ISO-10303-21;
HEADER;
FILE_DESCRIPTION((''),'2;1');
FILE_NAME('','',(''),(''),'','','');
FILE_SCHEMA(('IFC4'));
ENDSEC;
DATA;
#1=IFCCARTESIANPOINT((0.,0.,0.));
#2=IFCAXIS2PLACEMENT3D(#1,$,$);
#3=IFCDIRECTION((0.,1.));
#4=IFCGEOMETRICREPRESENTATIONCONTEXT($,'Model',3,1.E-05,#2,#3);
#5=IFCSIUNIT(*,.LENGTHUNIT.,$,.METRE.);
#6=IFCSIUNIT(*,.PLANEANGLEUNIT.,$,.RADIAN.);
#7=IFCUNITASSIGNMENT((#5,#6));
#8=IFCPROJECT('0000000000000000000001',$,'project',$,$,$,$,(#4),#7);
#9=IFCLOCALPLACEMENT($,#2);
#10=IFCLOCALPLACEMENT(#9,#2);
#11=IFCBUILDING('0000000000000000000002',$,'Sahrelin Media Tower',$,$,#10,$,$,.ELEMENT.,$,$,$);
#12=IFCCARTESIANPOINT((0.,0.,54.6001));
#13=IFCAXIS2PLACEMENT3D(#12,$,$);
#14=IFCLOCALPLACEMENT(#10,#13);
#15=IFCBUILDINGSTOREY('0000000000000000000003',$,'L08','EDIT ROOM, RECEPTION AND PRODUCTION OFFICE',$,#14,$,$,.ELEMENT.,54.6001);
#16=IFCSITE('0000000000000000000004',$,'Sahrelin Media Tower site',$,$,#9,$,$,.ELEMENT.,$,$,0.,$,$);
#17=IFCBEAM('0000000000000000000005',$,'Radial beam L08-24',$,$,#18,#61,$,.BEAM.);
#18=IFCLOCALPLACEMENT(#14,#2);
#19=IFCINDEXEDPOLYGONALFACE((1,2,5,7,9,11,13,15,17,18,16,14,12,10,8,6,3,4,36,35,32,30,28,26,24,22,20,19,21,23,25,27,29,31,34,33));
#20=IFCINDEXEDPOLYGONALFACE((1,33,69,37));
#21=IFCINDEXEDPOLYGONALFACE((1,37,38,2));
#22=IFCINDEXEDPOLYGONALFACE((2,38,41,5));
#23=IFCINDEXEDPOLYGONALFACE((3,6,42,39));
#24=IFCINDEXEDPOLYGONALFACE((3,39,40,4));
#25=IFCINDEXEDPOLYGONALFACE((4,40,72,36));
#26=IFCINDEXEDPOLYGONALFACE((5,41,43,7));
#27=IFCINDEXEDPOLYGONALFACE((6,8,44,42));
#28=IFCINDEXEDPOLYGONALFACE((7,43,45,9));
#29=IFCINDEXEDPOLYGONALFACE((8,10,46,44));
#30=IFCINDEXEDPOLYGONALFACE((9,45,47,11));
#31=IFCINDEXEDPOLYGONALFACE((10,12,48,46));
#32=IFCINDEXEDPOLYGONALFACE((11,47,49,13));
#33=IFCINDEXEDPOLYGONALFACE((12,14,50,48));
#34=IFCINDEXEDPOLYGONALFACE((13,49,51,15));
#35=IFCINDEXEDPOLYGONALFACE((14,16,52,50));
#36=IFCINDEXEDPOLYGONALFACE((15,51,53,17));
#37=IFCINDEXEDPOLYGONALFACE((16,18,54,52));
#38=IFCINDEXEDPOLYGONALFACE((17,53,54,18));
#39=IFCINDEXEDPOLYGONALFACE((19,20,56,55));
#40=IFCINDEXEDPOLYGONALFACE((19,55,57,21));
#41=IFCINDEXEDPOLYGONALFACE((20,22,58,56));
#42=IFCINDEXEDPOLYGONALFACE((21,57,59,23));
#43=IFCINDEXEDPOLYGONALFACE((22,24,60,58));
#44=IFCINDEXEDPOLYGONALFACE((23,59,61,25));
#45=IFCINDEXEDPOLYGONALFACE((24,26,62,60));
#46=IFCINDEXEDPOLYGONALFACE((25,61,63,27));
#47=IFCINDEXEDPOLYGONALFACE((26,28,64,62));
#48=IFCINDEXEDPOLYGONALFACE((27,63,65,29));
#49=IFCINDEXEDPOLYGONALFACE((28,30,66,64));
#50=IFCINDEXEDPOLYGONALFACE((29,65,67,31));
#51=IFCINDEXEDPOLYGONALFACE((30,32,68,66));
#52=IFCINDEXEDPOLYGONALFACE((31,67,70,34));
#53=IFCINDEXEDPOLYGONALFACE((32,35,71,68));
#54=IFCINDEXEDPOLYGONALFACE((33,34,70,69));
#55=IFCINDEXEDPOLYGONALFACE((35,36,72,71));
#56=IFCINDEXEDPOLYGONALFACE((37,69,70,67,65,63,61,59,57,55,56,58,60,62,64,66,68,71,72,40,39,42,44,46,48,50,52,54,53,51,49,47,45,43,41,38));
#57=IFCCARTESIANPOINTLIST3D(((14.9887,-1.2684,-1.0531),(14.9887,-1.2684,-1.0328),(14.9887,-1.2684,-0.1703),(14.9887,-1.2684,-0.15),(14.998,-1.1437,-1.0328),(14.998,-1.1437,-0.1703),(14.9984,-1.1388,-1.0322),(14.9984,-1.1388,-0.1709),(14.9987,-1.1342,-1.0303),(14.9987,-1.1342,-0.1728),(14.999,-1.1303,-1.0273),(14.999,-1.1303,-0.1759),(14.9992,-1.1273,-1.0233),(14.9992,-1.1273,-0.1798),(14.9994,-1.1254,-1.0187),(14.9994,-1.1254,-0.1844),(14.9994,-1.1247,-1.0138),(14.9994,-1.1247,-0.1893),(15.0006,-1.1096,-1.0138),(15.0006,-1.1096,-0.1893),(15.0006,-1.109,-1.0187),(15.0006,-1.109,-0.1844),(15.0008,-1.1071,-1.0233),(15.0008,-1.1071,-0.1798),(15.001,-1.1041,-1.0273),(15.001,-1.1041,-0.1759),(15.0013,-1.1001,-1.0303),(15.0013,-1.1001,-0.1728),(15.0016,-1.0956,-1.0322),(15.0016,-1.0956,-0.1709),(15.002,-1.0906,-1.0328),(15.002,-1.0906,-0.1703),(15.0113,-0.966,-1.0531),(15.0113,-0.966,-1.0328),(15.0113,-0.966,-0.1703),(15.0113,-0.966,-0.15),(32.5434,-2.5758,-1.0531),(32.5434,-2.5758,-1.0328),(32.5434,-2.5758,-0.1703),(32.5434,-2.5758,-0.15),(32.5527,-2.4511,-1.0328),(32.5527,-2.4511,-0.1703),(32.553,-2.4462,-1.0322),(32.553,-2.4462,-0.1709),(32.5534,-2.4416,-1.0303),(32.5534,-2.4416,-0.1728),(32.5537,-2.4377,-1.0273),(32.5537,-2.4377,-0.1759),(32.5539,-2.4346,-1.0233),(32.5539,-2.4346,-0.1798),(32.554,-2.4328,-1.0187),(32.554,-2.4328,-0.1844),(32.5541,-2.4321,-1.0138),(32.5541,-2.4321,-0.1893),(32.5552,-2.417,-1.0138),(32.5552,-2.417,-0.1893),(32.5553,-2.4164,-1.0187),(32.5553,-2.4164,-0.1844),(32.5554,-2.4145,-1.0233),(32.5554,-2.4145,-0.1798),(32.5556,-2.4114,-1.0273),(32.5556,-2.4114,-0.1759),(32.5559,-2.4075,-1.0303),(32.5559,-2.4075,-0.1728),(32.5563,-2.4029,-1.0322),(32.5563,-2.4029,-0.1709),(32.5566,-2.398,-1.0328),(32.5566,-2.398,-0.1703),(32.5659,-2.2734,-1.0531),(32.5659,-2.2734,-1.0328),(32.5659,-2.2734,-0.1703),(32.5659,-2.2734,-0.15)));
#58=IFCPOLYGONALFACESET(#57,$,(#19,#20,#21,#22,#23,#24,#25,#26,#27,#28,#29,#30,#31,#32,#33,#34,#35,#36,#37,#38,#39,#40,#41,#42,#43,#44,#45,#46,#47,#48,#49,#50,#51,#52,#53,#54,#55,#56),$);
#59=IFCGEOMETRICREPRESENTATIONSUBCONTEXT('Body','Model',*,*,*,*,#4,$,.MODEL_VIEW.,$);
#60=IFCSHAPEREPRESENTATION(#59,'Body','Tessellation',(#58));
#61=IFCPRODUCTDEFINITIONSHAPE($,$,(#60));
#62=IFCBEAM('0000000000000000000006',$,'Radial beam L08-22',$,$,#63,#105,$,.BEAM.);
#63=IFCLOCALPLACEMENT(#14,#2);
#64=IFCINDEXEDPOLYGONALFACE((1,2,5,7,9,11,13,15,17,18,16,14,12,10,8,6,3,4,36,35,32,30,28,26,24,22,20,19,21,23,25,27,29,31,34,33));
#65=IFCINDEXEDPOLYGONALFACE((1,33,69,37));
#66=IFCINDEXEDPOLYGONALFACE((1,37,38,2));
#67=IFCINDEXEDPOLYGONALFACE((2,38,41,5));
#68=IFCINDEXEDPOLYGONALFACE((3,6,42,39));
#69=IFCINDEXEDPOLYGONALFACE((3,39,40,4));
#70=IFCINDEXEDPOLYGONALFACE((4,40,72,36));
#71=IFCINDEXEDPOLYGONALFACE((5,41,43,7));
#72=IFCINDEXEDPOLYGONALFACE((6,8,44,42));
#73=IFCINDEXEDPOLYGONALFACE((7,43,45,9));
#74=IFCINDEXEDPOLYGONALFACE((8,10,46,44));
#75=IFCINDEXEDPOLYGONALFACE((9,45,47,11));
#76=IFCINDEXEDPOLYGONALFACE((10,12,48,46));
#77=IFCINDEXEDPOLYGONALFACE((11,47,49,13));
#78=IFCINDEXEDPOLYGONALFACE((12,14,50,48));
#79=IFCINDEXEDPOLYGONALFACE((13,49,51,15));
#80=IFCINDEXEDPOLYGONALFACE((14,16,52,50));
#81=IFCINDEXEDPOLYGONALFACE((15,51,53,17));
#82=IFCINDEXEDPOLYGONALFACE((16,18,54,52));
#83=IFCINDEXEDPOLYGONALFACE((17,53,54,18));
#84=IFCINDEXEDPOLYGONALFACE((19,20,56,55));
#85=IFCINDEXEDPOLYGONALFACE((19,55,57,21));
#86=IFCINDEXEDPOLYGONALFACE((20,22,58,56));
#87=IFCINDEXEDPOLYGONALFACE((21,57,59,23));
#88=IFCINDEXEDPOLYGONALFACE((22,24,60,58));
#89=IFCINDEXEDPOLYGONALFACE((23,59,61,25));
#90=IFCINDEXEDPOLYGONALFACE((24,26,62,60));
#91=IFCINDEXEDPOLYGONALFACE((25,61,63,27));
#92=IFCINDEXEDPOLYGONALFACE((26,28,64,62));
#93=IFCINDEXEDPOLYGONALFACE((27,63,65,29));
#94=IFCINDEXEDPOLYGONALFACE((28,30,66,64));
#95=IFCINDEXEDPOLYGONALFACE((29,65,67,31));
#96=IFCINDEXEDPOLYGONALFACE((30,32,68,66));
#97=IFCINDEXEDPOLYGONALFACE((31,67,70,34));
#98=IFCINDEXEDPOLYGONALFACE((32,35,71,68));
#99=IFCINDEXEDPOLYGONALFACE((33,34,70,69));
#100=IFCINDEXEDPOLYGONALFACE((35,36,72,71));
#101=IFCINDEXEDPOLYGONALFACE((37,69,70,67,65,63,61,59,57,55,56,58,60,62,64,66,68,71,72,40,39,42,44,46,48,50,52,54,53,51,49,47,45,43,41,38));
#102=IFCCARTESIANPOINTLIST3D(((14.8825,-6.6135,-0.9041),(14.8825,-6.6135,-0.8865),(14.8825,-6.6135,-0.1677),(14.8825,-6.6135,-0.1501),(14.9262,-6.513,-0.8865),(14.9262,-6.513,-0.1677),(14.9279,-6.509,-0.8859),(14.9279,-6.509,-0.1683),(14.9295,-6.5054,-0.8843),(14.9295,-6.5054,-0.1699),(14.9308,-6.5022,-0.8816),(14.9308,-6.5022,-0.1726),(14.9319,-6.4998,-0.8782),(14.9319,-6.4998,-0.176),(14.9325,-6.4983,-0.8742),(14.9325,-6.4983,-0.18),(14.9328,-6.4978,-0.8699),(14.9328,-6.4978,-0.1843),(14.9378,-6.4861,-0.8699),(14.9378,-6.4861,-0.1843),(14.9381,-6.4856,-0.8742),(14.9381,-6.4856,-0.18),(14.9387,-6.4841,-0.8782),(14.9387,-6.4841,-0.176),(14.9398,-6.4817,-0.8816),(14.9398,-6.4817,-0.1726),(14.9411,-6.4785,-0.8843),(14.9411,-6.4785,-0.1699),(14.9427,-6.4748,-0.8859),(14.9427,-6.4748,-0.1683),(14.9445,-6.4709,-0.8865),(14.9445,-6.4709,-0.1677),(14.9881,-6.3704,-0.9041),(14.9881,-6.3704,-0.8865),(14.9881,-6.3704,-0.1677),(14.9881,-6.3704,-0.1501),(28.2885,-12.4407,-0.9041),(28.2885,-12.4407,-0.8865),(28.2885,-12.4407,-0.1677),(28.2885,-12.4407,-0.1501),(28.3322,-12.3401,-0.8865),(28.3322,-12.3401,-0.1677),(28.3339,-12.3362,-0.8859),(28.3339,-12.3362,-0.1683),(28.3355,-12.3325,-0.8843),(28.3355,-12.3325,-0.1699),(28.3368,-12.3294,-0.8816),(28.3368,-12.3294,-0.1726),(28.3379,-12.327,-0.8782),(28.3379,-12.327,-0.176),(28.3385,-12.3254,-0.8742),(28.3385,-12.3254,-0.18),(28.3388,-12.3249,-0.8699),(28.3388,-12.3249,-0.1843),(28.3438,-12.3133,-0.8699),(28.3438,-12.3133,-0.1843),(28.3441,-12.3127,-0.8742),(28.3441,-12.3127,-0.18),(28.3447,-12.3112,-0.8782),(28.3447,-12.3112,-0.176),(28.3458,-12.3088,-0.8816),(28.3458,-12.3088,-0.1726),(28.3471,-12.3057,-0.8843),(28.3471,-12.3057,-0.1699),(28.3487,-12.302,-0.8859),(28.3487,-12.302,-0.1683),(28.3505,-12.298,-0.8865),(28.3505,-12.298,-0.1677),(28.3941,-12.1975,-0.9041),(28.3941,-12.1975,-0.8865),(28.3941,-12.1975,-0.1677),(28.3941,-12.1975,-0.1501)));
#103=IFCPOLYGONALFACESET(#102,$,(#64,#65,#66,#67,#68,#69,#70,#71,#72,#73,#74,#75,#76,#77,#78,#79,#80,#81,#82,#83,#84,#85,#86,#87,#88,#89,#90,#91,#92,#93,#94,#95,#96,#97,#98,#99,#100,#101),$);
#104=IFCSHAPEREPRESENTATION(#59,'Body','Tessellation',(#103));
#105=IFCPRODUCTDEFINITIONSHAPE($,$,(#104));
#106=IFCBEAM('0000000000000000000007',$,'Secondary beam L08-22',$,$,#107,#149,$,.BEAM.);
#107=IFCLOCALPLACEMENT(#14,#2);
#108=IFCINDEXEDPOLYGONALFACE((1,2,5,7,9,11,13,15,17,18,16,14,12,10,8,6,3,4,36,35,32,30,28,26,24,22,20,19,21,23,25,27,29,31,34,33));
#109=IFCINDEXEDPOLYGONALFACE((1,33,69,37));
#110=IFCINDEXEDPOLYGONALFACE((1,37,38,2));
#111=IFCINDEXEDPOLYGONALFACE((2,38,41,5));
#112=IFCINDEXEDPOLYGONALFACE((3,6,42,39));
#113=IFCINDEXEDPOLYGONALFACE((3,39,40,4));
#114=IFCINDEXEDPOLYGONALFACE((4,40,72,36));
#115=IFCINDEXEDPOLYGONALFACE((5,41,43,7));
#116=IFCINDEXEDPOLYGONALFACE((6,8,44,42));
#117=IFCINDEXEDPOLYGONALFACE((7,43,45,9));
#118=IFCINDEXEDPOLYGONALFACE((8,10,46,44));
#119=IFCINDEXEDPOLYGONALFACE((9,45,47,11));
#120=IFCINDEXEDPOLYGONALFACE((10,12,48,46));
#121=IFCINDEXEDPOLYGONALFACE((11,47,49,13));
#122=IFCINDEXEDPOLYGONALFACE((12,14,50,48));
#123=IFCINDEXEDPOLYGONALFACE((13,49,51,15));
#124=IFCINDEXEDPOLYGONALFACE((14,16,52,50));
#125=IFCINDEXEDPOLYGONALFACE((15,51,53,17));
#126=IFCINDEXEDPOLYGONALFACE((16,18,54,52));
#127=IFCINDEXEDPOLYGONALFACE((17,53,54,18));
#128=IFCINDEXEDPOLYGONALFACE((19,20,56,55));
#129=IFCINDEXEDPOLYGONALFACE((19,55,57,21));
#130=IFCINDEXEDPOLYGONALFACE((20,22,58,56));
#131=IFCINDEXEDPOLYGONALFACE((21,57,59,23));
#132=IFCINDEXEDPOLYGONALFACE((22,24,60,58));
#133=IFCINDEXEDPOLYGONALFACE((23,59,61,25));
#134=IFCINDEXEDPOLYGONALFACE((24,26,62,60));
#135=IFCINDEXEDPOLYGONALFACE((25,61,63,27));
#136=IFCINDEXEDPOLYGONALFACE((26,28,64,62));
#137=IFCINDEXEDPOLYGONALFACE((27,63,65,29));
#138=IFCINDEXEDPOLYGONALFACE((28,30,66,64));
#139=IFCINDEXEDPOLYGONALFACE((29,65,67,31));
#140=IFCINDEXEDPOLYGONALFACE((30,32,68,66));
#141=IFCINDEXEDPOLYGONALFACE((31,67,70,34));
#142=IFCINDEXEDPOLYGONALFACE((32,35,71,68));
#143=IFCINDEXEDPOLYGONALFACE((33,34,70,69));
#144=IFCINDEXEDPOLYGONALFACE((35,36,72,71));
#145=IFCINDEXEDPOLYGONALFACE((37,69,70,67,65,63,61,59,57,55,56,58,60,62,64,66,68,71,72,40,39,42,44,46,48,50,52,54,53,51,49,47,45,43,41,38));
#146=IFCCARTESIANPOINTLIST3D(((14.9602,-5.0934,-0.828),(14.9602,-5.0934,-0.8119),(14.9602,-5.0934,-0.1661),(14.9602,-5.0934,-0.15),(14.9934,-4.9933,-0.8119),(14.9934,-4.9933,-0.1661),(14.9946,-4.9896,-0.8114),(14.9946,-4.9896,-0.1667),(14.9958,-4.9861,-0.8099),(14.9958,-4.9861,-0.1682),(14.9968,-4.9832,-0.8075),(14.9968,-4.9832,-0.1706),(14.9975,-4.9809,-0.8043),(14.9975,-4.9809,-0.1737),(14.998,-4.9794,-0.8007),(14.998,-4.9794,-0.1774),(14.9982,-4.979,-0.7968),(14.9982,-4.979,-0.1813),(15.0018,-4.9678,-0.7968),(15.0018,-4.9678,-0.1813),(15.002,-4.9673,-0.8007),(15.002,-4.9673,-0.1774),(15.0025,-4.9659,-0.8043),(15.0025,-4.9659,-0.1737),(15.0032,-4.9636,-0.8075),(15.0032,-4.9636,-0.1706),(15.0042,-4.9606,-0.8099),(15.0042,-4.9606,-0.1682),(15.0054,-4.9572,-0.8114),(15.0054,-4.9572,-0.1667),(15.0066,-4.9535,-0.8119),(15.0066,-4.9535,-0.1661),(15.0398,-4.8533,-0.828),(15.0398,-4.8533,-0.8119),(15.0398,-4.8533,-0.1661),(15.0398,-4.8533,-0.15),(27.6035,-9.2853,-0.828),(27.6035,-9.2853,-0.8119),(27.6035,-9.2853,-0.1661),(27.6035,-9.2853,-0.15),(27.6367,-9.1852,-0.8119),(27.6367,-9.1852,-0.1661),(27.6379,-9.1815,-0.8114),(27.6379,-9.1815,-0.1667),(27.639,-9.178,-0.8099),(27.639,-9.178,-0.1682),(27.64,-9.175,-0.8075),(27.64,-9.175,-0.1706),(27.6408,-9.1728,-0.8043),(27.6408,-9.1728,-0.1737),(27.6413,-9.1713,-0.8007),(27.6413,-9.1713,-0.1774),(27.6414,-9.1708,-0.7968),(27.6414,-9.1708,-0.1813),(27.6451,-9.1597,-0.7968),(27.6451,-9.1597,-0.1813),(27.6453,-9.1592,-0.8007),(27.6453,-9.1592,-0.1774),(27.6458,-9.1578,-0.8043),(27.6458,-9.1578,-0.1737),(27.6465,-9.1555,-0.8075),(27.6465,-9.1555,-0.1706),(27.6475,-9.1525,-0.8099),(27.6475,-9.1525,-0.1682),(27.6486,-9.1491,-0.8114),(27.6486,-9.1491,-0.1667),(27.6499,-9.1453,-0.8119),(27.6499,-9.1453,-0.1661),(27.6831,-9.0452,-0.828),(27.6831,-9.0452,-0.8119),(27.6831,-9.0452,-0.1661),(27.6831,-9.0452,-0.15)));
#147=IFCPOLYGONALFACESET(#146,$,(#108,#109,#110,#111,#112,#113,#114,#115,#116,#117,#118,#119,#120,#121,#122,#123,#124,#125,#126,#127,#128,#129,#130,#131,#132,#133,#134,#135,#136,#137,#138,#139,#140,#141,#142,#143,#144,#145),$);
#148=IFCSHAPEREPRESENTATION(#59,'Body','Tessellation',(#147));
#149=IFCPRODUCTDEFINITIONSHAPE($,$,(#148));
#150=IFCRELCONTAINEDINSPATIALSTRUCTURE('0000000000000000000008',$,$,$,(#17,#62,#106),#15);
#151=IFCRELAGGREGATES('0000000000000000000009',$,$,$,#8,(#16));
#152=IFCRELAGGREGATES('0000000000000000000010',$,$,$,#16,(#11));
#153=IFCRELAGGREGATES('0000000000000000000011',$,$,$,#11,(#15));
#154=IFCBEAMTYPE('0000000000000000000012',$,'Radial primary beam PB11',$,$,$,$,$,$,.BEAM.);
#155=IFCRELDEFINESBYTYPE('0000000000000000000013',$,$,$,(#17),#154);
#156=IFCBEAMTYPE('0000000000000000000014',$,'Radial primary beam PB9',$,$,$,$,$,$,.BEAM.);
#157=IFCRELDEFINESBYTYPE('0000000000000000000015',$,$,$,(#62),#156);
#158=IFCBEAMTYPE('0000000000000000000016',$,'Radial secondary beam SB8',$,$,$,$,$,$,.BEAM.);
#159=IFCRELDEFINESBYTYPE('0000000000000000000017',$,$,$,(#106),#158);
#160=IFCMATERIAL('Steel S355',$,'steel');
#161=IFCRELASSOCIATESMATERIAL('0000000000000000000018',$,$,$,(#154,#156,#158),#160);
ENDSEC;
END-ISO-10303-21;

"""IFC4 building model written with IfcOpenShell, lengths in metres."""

from ifc_helpers import new_model, si_unit, direction, frame, origin, origin_2d, place, context, subcontext, project, spatial, i_section, extrude, material, material_profile, profile_set, type_object, element, save


model = new_model("IFC4")

# Units and contexts
model_context = context("Model", 3, precision=1e-05, world=origin(), true_north=direction((0.0, 1.0)))
body_context = subcontext(model_context, "Body", "Model", "MODEL_VIEW")
ifc_project = project(units=[si_unit("LENGTHUNIT", "METRE"), si_unit("PLANEANGLEUNIT", "RADIAN")], contexts=[model_context])

# Site, building, storey
site_placement = place(None, origin())
site = spatial("IfcSite", under=ifc_project, at=site_placement, Name="Sahrelin Media Tower site", CompositionType="ELEMENT", RefElevation=0.0)
building_placement = place(site_placement, origin())
building = spatial("IfcBuilding", under=site, at=building_placement, Name="Sahrelin Media Tower", CompositionType="ELEMENT")
storey_placement = place(building_placement, frame((0.0, 0.0, 54.6001)))
storey = spatial("IfcBuildingStorey", under=building, at=storey_placement, Name="L08", Description="EDIT ROOM, RECEPTION AND PRODUCTION OFFICE", CompositionType="ELEMENT", Elevation=54.6001)

# Shared definitions
ifc_material_1 = material(Name="Steel S355", Category="steel")

# Beams
ifc_material_profile_1 = material_profile(ifc_material_1, i_section(OverallWidth=0.3032, OverallDepth=0.9031, WebThickness=0.0151, FlangeThickness=0.0203, FilletRadius=0.019, at=origin_2d()), Name="UB 914x305x201")
ifc_profile_set_1 = profile_set([ifc_material_profile_1], Name="Steel S355")
beam_type_1 = type_object("IfcBeamType", Name="Radial primary beam PB11", PredefinedType="BEAM", material=ifc_profile_set_1)
beam_1_placement = place(storey_placement, frame((15.0, -1.1172, -0.6016), z_axis=(0.997238, -0.074269, 0.0), x_axis=(0.074269, 0.997238, 0.0)))
element("IfcBeam", 1, at=beam_1_placement, inside=storey, type_object=beam_type_1, Name="Radial beam L08-24", PredefinedType="BEAM", context=body_context, shape_type="SweptSolid", body=[
    extrude(i_section(OverallWidth=0.3032, OverallDepth=0.9031, WebThickness=0.0151, FlangeThickness=0.0203, FilletRadius=0.019, at=origin_2d()), origin(), (0.0, 0.0, 1.0), 17.6033),
])
ifc_material_profile_2 = material_profile(ifc_material_1, i_section(OverallWidth=0.2651, OverallDepth=0.7539, WebThickness=0.0127, FlangeThickness=0.0176, FilletRadius=0.0166, at=origin_2d()), Name="UB 762x267x147")
ifc_profile_set_2 = profile_set([ifc_material_profile_2], Name="Steel S355")
beam_type_2 = type_object("IfcBeamType", Name="Radial primary beam PB9", PredefinedType="BEAM", material=ifc_profile_set_2)
beam_2_placement = place(storey_placement, frame((14.9353, -6.4919, -0.5271), z_axis=(0.917109, -0.398637, 0.0), x_axis=(0.398637, 0.917109, 0.0)))
element("IfcBeam", 2, at=beam_2_placement, inside=storey, type_object=beam_type_2, Name="Radial beam L08-22", PredefinedType="BEAM", context=body_context, shape_type="SweptSolid", body=[
    extrude(i_section(OverallWidth=0.2651, OverallDepth=0.7539, WebThickness=0.0127, FlangeThickness=0.0176, FilletRadius=0.0166, at=origin_2d()), origin(), (0.0, 0.0, 1.0), 14.6177),
])
ifc_material_profile_3 = material_profile(ifc_material_1, i_section(OverallWidth=0.2529, OverallDepth=0.678, WebThickness=0.0117, FlangeThickness=0.0161, FilletRadius=0.0151, at=origin_2d()), Name="UB 686x254x125")
ifc_profile_set_3 = profile_set([ifc_material_profile_3], Name="Steel S355")
beam_type_3 = type_object("IfcBeamType", Name="Radial secondary beam SB8", PredefinedType="BEAM", material=ifc_profile_set_3)
beam_3_placement = place(storey_placement, frame((15.0, -4.9734, -0.489), z_axis=(0.94919, -0.314704, 0.0), x_axis=(0.314704, 0.94919, 0.0)))
element("IfcBeam", 3, at=beam_3_placement, inside=storey, type_object=beam_type_3, Name="Secondary beam L08-22", PredefinedType="BEAM", context=body_context, shape_type="SweptSolid", body=[
    extrude(i_section(OverallWidth=0.2529, OverallDepth=0.678, WebThickness=0.0117, FlangeThickness=0.0161, FilletRadius=0.0151, at=origin_2d()), origin(), (0.0, 0.0, 1.0), 13.3201),
])

save(model, "model.ifc")
